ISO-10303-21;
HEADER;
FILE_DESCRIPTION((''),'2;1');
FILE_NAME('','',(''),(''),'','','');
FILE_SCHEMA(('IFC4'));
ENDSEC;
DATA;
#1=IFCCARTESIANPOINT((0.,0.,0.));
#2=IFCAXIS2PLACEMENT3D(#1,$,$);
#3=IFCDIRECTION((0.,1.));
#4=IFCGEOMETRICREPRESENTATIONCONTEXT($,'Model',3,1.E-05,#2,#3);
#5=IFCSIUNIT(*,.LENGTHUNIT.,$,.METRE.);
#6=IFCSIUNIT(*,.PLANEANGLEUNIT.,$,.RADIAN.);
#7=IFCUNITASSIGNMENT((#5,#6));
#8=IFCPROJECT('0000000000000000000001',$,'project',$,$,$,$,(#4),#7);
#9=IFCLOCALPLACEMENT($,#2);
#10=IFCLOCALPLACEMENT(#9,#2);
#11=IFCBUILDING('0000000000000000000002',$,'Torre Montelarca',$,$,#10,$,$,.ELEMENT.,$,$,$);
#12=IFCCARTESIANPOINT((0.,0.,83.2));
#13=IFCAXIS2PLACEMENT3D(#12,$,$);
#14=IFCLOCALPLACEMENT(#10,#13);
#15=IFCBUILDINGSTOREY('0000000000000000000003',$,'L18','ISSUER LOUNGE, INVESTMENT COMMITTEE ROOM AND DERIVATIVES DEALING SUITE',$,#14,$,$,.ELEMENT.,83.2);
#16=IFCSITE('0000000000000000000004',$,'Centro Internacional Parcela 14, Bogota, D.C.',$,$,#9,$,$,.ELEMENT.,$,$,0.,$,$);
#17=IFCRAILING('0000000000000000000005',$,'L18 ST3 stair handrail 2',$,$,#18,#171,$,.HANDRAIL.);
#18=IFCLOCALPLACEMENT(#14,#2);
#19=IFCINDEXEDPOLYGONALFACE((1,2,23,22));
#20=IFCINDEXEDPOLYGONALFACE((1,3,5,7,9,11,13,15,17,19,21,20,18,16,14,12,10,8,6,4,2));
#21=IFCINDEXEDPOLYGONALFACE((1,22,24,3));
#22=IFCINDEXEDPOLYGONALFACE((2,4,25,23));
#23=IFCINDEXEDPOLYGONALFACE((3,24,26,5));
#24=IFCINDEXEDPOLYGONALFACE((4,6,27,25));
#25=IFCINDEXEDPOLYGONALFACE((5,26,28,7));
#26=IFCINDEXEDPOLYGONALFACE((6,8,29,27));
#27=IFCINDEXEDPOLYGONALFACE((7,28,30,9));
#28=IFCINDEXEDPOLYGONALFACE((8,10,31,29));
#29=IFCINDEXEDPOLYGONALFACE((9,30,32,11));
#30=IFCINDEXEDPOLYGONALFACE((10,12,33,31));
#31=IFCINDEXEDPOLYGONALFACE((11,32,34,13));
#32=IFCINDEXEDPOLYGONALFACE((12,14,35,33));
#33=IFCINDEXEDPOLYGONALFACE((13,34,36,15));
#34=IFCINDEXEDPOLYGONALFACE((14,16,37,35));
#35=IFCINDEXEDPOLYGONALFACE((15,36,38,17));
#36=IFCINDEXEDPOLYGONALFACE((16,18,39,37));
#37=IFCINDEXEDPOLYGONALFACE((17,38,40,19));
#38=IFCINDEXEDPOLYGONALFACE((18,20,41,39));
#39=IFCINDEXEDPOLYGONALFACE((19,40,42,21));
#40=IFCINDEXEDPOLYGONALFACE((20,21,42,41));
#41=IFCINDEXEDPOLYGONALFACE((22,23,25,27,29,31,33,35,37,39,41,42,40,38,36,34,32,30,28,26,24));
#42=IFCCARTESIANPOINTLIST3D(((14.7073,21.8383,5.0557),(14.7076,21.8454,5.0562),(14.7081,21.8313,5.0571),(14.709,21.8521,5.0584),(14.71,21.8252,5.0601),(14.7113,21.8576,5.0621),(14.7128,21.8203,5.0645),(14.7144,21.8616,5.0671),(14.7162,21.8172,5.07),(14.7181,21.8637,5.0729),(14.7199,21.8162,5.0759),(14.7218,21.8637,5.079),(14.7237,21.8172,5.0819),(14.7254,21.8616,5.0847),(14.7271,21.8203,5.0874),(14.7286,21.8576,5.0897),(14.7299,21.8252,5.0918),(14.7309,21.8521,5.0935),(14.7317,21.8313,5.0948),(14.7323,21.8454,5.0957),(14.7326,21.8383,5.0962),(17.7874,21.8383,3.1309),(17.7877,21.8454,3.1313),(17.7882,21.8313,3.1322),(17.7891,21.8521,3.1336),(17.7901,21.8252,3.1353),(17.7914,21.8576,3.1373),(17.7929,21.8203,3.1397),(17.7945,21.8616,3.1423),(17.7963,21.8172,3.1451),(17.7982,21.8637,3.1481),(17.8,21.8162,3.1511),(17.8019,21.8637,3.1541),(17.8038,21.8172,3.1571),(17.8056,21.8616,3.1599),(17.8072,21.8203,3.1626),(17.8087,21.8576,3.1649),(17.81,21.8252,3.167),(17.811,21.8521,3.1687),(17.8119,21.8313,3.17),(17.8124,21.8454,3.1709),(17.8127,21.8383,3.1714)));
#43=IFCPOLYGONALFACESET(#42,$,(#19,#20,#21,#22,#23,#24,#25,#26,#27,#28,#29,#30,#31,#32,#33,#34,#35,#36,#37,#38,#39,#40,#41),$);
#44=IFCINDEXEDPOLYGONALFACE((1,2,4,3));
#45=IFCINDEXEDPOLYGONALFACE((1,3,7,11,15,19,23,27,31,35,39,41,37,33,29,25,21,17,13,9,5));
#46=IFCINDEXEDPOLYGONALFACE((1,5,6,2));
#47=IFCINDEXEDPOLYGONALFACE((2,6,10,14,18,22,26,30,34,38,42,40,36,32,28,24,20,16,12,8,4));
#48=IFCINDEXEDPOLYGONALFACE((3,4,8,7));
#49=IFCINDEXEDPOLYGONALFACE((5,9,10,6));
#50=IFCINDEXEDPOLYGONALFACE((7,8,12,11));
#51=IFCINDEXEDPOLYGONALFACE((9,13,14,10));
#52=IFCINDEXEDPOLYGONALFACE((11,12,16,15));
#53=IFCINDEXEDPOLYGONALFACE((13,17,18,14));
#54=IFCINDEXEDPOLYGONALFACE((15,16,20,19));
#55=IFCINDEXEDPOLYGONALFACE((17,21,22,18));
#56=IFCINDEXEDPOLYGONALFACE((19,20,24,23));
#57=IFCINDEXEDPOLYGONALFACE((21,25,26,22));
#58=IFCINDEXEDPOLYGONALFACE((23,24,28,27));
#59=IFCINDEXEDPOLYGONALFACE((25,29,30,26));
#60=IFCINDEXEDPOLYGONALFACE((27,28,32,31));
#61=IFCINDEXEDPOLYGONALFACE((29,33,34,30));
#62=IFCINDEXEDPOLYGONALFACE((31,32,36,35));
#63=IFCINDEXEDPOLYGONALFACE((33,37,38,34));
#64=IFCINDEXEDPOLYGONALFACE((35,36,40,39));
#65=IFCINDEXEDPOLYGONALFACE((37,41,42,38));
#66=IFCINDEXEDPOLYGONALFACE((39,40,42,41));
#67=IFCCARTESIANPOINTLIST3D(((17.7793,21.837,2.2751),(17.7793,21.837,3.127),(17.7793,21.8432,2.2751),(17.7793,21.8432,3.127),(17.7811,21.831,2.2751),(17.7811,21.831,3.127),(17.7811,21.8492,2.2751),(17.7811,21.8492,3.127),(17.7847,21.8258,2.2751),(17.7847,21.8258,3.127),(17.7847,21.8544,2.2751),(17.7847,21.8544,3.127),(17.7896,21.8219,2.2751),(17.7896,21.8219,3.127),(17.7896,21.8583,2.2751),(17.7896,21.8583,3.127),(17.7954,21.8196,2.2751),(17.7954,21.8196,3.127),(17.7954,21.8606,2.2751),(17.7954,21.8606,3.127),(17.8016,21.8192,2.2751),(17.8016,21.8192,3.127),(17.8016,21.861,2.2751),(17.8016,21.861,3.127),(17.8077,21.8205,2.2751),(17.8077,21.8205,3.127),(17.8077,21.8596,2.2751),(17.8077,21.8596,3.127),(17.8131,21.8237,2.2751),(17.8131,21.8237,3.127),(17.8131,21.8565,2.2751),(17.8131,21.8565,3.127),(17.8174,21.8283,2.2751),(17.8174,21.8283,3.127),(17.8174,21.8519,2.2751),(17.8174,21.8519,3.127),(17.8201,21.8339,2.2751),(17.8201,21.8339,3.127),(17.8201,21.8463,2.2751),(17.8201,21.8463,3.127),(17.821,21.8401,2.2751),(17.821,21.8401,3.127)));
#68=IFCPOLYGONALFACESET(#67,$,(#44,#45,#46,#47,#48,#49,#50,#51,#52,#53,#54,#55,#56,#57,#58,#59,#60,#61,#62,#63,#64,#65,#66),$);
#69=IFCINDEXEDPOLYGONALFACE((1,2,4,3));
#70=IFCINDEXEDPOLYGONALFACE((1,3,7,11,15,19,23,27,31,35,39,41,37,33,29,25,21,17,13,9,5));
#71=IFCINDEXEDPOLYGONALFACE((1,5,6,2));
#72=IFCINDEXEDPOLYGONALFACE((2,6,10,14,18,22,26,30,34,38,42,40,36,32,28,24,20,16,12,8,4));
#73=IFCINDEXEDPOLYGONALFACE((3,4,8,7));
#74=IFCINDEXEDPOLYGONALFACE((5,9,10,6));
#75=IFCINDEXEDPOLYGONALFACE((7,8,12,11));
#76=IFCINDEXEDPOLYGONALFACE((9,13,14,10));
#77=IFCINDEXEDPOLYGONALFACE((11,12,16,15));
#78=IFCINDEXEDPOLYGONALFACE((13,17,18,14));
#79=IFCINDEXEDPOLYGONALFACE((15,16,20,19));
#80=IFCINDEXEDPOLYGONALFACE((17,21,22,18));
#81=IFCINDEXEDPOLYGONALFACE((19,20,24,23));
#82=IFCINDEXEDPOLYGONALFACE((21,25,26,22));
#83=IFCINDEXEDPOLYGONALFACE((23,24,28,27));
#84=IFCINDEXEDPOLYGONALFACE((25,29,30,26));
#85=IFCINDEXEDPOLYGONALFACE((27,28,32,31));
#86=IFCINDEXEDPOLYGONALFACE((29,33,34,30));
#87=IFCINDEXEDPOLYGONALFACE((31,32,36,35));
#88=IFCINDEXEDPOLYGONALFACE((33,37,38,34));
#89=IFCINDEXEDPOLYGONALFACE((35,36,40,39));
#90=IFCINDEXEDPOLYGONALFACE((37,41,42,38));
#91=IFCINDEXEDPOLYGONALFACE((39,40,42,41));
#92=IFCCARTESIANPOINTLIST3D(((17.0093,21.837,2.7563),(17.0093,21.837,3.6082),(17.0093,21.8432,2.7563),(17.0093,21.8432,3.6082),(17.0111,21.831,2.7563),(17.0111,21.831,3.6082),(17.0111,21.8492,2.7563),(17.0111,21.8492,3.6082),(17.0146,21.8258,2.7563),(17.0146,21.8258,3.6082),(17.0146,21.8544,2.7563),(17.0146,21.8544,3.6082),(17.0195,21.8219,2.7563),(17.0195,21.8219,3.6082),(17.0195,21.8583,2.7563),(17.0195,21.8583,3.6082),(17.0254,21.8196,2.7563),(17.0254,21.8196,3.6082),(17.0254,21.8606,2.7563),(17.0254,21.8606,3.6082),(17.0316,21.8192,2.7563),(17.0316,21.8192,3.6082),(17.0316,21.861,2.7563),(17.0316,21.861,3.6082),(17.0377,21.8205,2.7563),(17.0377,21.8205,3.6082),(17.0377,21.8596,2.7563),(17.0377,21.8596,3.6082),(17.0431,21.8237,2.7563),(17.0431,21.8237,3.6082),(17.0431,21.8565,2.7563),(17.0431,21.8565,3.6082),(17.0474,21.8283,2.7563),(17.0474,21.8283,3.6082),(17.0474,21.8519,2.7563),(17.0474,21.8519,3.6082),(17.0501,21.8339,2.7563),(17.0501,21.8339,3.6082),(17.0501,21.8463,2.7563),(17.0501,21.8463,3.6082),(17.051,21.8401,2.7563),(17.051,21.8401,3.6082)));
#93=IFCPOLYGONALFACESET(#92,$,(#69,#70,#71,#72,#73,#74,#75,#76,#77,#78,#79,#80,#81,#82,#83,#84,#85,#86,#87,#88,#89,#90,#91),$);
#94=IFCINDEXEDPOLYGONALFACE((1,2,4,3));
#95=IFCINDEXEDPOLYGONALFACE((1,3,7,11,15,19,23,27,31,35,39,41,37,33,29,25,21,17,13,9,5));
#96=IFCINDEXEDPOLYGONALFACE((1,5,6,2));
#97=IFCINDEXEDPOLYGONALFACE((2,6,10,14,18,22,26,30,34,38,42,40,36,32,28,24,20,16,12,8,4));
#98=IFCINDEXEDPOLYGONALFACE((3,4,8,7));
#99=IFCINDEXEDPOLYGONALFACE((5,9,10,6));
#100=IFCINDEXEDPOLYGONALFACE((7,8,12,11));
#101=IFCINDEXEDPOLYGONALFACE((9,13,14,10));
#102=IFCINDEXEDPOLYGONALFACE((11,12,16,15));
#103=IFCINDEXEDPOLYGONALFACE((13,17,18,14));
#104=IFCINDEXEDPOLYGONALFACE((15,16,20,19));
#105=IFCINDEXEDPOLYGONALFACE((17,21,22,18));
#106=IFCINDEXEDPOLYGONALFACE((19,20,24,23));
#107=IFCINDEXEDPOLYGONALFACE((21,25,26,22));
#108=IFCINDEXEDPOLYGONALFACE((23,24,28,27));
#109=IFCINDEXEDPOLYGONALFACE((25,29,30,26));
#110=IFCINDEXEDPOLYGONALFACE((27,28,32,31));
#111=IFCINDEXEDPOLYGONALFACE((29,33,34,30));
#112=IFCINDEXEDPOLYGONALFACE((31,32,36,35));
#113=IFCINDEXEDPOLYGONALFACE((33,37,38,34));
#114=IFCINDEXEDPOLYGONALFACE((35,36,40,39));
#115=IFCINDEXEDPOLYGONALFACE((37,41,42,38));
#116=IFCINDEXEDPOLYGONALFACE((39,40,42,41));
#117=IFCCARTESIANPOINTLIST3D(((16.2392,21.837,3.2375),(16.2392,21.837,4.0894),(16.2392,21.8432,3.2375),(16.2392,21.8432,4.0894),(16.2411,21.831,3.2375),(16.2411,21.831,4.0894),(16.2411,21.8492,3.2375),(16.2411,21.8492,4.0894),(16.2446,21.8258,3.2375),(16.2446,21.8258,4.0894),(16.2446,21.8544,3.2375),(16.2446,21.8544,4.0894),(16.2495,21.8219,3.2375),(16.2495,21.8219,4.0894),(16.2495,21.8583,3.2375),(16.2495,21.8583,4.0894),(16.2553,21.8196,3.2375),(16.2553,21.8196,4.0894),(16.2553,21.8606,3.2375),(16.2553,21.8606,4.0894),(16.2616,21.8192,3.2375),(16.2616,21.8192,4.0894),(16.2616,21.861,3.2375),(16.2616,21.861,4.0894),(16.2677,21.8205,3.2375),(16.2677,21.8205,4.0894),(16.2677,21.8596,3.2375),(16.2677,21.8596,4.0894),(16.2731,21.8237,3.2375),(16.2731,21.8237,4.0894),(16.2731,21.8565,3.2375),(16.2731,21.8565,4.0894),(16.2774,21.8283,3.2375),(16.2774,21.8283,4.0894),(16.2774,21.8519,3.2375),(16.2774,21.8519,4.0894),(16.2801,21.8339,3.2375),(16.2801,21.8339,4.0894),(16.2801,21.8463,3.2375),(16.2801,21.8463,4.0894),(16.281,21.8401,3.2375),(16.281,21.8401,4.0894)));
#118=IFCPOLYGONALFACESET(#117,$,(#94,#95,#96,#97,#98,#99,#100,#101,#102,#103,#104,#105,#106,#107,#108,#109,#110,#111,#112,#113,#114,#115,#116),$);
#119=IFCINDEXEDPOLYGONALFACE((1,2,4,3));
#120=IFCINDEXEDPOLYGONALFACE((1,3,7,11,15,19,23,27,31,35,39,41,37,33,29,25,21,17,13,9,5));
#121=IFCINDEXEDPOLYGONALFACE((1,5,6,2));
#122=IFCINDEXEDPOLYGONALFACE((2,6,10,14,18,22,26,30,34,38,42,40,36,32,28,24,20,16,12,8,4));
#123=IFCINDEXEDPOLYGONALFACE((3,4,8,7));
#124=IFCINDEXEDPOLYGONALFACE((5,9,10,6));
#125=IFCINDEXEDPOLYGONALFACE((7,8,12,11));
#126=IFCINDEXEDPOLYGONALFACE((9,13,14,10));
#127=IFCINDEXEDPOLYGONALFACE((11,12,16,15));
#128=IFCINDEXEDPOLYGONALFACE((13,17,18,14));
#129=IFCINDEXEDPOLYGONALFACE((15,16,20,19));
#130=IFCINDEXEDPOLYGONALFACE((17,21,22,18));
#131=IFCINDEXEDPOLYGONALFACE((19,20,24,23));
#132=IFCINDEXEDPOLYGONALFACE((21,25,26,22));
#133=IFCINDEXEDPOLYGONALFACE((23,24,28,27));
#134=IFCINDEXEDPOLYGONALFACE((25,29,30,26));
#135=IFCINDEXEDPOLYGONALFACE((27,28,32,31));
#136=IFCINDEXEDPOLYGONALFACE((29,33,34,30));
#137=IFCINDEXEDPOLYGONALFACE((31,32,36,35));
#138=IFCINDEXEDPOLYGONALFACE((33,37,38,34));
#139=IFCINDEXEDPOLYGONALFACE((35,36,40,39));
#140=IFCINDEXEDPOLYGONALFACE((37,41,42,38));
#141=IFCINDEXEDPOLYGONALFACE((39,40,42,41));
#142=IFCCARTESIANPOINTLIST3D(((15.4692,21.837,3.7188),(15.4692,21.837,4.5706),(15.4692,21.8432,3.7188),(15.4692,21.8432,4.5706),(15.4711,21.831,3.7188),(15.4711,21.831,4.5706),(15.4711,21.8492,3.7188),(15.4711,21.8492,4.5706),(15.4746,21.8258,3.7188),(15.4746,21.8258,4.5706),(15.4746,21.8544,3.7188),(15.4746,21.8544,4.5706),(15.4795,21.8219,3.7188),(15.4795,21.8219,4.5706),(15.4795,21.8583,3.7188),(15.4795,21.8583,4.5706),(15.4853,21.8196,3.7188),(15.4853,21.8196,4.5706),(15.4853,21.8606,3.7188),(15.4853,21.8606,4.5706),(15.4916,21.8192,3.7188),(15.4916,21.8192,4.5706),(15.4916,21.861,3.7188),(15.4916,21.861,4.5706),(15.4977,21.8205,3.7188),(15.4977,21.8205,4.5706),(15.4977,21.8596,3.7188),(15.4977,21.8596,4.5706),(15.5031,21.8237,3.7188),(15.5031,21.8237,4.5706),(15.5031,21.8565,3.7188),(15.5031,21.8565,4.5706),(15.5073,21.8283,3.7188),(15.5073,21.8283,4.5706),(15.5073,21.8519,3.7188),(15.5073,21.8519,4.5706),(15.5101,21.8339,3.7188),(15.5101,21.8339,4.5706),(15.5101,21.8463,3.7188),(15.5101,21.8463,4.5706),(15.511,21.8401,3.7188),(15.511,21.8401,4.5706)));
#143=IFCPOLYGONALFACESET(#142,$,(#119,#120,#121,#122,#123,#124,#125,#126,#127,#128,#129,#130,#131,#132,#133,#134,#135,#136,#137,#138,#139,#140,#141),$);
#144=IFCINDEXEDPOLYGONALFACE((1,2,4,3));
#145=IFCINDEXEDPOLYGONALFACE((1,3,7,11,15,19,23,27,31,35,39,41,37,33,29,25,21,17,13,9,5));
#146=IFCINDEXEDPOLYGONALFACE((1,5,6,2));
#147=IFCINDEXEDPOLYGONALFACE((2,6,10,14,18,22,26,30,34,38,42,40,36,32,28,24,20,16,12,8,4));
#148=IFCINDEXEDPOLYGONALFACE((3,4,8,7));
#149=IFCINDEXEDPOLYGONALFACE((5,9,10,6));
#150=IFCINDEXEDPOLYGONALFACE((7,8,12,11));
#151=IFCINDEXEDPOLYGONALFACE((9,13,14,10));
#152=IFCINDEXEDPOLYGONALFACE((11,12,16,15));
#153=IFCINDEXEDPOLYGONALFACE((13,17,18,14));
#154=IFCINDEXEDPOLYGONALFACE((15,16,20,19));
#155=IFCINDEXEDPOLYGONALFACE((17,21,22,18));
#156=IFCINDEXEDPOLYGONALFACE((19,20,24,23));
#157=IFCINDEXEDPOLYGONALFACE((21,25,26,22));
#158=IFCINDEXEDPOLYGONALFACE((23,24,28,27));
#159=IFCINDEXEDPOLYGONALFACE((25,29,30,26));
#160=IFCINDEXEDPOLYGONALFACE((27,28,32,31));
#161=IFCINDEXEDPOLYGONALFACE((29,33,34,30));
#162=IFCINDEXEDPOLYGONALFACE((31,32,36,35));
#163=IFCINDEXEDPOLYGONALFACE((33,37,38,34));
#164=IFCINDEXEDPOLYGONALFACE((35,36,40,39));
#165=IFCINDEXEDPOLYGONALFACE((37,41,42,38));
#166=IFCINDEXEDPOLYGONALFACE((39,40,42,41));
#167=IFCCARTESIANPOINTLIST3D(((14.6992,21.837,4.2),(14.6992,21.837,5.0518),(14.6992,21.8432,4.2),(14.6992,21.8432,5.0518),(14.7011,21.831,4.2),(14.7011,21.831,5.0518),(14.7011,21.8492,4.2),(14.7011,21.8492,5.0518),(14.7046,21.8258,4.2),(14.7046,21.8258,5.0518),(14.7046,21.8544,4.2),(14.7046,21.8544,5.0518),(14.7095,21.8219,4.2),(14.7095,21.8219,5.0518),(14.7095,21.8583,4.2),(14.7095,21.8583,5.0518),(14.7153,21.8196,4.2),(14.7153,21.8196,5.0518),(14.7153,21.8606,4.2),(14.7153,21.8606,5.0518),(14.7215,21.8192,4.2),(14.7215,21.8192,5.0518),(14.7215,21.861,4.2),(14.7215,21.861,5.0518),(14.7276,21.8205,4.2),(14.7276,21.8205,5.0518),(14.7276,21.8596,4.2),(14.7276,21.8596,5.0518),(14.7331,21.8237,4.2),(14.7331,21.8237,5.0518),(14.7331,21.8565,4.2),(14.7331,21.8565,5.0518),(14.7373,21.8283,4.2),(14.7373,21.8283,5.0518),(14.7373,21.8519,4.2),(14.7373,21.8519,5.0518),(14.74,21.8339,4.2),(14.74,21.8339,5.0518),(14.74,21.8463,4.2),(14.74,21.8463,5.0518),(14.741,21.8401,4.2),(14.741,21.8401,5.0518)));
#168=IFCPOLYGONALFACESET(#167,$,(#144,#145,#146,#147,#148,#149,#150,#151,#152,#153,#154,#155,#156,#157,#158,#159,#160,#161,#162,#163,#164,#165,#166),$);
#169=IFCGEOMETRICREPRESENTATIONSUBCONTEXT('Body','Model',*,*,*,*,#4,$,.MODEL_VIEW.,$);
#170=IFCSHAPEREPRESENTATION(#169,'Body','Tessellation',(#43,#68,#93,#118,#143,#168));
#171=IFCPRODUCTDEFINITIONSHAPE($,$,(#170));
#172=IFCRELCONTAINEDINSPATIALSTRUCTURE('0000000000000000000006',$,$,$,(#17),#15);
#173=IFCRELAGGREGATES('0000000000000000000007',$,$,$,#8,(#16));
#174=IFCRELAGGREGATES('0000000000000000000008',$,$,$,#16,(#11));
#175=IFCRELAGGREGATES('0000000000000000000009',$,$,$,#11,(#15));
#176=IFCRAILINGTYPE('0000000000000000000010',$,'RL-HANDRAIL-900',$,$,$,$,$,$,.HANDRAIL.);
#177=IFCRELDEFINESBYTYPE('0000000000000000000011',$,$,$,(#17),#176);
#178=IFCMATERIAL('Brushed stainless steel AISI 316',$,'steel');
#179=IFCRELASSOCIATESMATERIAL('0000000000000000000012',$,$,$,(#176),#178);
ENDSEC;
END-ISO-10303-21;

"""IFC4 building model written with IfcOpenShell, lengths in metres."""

from ifc_helpers import new_model, si_unit, direction, frame, origin, origin_2d, place, context, subcontext, project, spatial, circle, extrude, material, type_object, element, save


model = new_model("IFC4")

# Units and contexts
model_context = context("Model", 3, precision=1e-05, world=origin(), true_north=direction((0.0, 1.0)))
body_context = subcontext(model_context, "Body", "Model", "MODEL_VIEW")
ifc_project = project(units=[si_unit("LENGTHUNIT", "METRE"), si_unit("PLANEANGLEUNIT", "RADIAN")], contexts=[model_context])

# Site, building, storey
site_placement = place(None, origin())
site = spatial("IfcSite", under=ifc_project, at=site_placement, Name="Centro Internacional Parcela 14, Bogota, D.C.", CompositionType="ELEMENT", RefElevation=0.0)
building_placement = place(site_placement, origin())
building = spatial("IfcBuilding", under=site, at=building_placement, Name="Torre Montelarca", CompositionType="ELEMENT")
storey_placement = place(building_placement, frame((0.0, 0.0, 83.2)))
storey = spatial("IfcBuildingStorey", under=building, at=storey_placement, Name="L18", Description="ISSUER LOUNGE, INVESTMENT COMMITTEE ROOM AND DERIVATIVES DEALING SUITE", CompositionType="ELEMENT", Elevation=83.2)

# Railing
ifc_material_1 = material(Name="Brushed stainless steel AISI 316", Category="steel")
railing_type_1 = type_object("IfcRailingType", Name="RL-HANDRAIL-900", PredefinedType="HANDRAIL", material=ifc_material_1)
railing_1_placement = place(storey_placement, frame((17.8, 21.8401, 2.2751)))
element("IfcRailing", 1, at=railing_1_placement, inside=storey, type_object=railing_type_1, Name="L18 ST3 stair handrail 2", PredefinedType="HANDRAIL", context=body_context, shape_type="SweptSolid", body=[
    extrude(circle(Radius=0.0239, at=origin_2d()), frame((0.0, 0.0, 0.876), z_axis=(-0.848029, 0.0, 0.529951), x_axis=(0.0, -1.0, 0.0)), (0.0, 0.0, 1.0), 3.6321),
    extrude(circle(Radius=0.021, at=origin_2d()), origin(), (0.0, 0.0, 1.0), 0.8518),
    extrude(circle(Radius=0.021, at=origin_2d()), frame((-0.77, 0.0, 0.4812)), (0.0, 0.0, 1.0), 0.8518),
    extrude(circle(Radius=0.021, at=origin_2d()), frame((-1.54, 0.0, 0.9624)), (0.0, 0.0, 1.0), 0.8518),
    extrude(circle(Radius=0.021, at=origin_2d()), frame((-2.3101, 0.0, 1.4436)), (0.0, 0.0, 1.0), 0.8518),
    extrude(circle(Radius=0.021, at=origin_2d()), frame((-3.0801, 0.0, 1.9248)), (0.0, 0.0, 1.0), 0.8518),
])

save(model, "model.ifc")
